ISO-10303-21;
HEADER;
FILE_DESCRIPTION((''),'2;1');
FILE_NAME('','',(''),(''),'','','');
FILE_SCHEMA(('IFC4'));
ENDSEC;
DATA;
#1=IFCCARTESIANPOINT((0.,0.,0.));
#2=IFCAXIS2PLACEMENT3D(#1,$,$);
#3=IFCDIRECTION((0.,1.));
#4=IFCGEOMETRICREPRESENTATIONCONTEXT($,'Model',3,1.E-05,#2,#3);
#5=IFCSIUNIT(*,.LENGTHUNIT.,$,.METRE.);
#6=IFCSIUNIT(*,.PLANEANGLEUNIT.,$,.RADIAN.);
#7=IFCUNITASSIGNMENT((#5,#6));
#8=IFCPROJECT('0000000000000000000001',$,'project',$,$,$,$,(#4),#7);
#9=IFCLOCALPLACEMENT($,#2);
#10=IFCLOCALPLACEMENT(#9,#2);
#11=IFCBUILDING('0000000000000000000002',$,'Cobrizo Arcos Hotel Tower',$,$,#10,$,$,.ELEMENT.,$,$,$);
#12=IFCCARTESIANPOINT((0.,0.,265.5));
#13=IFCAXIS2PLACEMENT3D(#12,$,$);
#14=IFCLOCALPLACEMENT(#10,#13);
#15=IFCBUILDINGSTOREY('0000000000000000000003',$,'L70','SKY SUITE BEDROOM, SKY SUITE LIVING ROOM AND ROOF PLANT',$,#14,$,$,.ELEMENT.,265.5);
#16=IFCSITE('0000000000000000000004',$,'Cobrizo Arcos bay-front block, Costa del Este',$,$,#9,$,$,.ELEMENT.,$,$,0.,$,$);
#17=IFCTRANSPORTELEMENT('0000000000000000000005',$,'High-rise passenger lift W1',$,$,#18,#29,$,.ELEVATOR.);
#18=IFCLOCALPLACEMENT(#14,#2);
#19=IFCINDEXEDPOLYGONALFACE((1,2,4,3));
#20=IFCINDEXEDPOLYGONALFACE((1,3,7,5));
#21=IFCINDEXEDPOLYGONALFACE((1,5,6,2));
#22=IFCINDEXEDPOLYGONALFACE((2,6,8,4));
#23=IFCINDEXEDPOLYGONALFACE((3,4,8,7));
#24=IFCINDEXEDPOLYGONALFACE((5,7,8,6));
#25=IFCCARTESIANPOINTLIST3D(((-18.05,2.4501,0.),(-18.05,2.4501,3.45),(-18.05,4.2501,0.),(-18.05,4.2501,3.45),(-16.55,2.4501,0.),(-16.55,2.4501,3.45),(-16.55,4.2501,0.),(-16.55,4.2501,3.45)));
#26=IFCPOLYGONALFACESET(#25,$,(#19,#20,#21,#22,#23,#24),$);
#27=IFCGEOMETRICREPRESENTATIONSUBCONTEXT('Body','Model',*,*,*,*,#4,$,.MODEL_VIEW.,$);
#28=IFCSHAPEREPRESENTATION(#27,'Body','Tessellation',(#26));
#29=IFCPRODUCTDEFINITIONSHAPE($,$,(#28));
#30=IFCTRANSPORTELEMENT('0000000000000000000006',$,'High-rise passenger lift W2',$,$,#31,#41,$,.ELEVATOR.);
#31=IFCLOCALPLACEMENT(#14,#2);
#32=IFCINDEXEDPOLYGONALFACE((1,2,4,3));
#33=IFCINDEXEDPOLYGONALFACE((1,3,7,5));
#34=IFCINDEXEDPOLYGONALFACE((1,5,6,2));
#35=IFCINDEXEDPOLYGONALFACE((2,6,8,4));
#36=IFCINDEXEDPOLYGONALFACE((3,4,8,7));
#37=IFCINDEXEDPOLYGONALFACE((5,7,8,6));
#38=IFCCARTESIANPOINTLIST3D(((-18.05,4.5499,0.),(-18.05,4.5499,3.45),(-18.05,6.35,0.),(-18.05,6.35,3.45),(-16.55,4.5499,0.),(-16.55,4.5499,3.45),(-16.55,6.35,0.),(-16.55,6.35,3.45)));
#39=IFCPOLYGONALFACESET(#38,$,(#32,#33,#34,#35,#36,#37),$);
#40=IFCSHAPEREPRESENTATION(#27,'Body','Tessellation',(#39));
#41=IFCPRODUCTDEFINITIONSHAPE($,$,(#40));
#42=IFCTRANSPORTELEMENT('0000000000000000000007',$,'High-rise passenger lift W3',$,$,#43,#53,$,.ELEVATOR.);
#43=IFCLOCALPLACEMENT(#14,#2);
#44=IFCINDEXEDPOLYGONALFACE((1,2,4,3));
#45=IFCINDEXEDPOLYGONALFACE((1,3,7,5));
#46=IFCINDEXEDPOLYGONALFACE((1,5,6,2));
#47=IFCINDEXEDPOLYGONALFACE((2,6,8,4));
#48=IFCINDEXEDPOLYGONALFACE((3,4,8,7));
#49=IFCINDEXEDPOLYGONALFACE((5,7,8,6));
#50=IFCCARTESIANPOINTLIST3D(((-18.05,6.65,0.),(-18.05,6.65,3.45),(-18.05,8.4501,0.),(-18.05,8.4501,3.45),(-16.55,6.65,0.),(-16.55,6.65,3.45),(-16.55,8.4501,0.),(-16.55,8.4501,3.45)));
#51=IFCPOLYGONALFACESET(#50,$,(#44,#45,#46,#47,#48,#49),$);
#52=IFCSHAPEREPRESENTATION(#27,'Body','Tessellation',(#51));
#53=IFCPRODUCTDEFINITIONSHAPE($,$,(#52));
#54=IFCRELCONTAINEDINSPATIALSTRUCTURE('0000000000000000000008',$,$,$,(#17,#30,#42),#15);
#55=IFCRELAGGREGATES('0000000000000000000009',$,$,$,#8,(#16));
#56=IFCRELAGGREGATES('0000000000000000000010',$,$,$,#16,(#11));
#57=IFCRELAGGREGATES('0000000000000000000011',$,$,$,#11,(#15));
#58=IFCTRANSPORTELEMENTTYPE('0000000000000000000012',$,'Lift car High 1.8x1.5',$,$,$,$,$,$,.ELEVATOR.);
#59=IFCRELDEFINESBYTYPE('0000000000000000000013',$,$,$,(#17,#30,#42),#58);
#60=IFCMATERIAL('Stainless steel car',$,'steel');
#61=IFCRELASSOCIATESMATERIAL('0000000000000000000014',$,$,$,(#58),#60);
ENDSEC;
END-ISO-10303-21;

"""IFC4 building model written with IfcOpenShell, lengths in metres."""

from ifc_helpers import new_model, si_unit, direction, frame, origin, origin_2d, place, context, subcontext, project, spatial, rectangle, extrude, material, type_object, element, save


model = new_model("IFC4")

# Units and contexts
model_context = context("Model", 3, precision=1e-05, world=origin(), true_north=direction((0.0, 1.0)))
body_context = subcontext(model_context, "Body", "Model", "MODEL_VIEW")
ifc_project = project(units=[si_unit("LENGTHUNIT", "METRE"), si_unit("PLANEANGLEUNIT", "RADIAN")], contexts=[model_context])

# Site, building, storey
site_placement = place(None, origin())
site = spatial("IfcSite", under=ifc_project, at=site_placement, Name="Cobrizo Arcos bay-front block, Costa del Este", CompositionType="ELEMENT", RefElevation=0.0)
building_placement = place(site_placement, origin())
building = spatial("IfcBuilding", under=site, at=building_placement, Name="Cobrizo Arcos Hotel Tower", CompositionType="ELEMENT")
storey_placement = place(building_placement, frame((0.0, 0.0, 265.5)))
storey = spatial("IfcBuildingStorey", under=building, at=storey_placement, Name="L70", Description="SKY SUITE BEDROOM, SKY SUITE LIVING ROOM AND ROOF PLANT", CompositionType="ELEMENT", Elevation=265.5)

# Transport elements
ifc_material_1 = material(Name="Stainless steel car", Category="steel")
transport_element_type = type_object("IfcTransportElementType", Name="Lift car High 1.8x1.5", PredefinedType="ELEVATOR", material=ifc_material_1)
for number, where, z_axis, x_axis, name in (
    (1, (-17.3, 3.3501, 0.0), (0.0, 0.0, 1.0), (1.0, 0.0, 0.0), "High-rise passenger lift W1"),
    (2, (-17.3, 5.45, 0.0), (0.0, 0.0, 1.0), (1.0, 0.0, 0.0), "High-rise passenger lift W2"),
    (3, (-17.3, 7.55, 0.0), (0.0, 0.0, 1.0), (1.0, 0.0, 0.0), "High-rise passenger lift W3"),
):
    element("IfcTransportElement", number, at=place(storey_placement, frame(where, z_axis=z_axis, x_axis=x_axis)), inside=storey, type_object=transport_element_type, Name=name, PredefinedType="ELEVATOR", context=body_context, shape_type="SweptSolid", body=[
        extrude(rectangle(XDim=1.5, YDim=1.8, at=origin_2d()), origin(), (0.0, 0.0, 1.0), 3.45),
    ])

save(model, "model.ifc")
